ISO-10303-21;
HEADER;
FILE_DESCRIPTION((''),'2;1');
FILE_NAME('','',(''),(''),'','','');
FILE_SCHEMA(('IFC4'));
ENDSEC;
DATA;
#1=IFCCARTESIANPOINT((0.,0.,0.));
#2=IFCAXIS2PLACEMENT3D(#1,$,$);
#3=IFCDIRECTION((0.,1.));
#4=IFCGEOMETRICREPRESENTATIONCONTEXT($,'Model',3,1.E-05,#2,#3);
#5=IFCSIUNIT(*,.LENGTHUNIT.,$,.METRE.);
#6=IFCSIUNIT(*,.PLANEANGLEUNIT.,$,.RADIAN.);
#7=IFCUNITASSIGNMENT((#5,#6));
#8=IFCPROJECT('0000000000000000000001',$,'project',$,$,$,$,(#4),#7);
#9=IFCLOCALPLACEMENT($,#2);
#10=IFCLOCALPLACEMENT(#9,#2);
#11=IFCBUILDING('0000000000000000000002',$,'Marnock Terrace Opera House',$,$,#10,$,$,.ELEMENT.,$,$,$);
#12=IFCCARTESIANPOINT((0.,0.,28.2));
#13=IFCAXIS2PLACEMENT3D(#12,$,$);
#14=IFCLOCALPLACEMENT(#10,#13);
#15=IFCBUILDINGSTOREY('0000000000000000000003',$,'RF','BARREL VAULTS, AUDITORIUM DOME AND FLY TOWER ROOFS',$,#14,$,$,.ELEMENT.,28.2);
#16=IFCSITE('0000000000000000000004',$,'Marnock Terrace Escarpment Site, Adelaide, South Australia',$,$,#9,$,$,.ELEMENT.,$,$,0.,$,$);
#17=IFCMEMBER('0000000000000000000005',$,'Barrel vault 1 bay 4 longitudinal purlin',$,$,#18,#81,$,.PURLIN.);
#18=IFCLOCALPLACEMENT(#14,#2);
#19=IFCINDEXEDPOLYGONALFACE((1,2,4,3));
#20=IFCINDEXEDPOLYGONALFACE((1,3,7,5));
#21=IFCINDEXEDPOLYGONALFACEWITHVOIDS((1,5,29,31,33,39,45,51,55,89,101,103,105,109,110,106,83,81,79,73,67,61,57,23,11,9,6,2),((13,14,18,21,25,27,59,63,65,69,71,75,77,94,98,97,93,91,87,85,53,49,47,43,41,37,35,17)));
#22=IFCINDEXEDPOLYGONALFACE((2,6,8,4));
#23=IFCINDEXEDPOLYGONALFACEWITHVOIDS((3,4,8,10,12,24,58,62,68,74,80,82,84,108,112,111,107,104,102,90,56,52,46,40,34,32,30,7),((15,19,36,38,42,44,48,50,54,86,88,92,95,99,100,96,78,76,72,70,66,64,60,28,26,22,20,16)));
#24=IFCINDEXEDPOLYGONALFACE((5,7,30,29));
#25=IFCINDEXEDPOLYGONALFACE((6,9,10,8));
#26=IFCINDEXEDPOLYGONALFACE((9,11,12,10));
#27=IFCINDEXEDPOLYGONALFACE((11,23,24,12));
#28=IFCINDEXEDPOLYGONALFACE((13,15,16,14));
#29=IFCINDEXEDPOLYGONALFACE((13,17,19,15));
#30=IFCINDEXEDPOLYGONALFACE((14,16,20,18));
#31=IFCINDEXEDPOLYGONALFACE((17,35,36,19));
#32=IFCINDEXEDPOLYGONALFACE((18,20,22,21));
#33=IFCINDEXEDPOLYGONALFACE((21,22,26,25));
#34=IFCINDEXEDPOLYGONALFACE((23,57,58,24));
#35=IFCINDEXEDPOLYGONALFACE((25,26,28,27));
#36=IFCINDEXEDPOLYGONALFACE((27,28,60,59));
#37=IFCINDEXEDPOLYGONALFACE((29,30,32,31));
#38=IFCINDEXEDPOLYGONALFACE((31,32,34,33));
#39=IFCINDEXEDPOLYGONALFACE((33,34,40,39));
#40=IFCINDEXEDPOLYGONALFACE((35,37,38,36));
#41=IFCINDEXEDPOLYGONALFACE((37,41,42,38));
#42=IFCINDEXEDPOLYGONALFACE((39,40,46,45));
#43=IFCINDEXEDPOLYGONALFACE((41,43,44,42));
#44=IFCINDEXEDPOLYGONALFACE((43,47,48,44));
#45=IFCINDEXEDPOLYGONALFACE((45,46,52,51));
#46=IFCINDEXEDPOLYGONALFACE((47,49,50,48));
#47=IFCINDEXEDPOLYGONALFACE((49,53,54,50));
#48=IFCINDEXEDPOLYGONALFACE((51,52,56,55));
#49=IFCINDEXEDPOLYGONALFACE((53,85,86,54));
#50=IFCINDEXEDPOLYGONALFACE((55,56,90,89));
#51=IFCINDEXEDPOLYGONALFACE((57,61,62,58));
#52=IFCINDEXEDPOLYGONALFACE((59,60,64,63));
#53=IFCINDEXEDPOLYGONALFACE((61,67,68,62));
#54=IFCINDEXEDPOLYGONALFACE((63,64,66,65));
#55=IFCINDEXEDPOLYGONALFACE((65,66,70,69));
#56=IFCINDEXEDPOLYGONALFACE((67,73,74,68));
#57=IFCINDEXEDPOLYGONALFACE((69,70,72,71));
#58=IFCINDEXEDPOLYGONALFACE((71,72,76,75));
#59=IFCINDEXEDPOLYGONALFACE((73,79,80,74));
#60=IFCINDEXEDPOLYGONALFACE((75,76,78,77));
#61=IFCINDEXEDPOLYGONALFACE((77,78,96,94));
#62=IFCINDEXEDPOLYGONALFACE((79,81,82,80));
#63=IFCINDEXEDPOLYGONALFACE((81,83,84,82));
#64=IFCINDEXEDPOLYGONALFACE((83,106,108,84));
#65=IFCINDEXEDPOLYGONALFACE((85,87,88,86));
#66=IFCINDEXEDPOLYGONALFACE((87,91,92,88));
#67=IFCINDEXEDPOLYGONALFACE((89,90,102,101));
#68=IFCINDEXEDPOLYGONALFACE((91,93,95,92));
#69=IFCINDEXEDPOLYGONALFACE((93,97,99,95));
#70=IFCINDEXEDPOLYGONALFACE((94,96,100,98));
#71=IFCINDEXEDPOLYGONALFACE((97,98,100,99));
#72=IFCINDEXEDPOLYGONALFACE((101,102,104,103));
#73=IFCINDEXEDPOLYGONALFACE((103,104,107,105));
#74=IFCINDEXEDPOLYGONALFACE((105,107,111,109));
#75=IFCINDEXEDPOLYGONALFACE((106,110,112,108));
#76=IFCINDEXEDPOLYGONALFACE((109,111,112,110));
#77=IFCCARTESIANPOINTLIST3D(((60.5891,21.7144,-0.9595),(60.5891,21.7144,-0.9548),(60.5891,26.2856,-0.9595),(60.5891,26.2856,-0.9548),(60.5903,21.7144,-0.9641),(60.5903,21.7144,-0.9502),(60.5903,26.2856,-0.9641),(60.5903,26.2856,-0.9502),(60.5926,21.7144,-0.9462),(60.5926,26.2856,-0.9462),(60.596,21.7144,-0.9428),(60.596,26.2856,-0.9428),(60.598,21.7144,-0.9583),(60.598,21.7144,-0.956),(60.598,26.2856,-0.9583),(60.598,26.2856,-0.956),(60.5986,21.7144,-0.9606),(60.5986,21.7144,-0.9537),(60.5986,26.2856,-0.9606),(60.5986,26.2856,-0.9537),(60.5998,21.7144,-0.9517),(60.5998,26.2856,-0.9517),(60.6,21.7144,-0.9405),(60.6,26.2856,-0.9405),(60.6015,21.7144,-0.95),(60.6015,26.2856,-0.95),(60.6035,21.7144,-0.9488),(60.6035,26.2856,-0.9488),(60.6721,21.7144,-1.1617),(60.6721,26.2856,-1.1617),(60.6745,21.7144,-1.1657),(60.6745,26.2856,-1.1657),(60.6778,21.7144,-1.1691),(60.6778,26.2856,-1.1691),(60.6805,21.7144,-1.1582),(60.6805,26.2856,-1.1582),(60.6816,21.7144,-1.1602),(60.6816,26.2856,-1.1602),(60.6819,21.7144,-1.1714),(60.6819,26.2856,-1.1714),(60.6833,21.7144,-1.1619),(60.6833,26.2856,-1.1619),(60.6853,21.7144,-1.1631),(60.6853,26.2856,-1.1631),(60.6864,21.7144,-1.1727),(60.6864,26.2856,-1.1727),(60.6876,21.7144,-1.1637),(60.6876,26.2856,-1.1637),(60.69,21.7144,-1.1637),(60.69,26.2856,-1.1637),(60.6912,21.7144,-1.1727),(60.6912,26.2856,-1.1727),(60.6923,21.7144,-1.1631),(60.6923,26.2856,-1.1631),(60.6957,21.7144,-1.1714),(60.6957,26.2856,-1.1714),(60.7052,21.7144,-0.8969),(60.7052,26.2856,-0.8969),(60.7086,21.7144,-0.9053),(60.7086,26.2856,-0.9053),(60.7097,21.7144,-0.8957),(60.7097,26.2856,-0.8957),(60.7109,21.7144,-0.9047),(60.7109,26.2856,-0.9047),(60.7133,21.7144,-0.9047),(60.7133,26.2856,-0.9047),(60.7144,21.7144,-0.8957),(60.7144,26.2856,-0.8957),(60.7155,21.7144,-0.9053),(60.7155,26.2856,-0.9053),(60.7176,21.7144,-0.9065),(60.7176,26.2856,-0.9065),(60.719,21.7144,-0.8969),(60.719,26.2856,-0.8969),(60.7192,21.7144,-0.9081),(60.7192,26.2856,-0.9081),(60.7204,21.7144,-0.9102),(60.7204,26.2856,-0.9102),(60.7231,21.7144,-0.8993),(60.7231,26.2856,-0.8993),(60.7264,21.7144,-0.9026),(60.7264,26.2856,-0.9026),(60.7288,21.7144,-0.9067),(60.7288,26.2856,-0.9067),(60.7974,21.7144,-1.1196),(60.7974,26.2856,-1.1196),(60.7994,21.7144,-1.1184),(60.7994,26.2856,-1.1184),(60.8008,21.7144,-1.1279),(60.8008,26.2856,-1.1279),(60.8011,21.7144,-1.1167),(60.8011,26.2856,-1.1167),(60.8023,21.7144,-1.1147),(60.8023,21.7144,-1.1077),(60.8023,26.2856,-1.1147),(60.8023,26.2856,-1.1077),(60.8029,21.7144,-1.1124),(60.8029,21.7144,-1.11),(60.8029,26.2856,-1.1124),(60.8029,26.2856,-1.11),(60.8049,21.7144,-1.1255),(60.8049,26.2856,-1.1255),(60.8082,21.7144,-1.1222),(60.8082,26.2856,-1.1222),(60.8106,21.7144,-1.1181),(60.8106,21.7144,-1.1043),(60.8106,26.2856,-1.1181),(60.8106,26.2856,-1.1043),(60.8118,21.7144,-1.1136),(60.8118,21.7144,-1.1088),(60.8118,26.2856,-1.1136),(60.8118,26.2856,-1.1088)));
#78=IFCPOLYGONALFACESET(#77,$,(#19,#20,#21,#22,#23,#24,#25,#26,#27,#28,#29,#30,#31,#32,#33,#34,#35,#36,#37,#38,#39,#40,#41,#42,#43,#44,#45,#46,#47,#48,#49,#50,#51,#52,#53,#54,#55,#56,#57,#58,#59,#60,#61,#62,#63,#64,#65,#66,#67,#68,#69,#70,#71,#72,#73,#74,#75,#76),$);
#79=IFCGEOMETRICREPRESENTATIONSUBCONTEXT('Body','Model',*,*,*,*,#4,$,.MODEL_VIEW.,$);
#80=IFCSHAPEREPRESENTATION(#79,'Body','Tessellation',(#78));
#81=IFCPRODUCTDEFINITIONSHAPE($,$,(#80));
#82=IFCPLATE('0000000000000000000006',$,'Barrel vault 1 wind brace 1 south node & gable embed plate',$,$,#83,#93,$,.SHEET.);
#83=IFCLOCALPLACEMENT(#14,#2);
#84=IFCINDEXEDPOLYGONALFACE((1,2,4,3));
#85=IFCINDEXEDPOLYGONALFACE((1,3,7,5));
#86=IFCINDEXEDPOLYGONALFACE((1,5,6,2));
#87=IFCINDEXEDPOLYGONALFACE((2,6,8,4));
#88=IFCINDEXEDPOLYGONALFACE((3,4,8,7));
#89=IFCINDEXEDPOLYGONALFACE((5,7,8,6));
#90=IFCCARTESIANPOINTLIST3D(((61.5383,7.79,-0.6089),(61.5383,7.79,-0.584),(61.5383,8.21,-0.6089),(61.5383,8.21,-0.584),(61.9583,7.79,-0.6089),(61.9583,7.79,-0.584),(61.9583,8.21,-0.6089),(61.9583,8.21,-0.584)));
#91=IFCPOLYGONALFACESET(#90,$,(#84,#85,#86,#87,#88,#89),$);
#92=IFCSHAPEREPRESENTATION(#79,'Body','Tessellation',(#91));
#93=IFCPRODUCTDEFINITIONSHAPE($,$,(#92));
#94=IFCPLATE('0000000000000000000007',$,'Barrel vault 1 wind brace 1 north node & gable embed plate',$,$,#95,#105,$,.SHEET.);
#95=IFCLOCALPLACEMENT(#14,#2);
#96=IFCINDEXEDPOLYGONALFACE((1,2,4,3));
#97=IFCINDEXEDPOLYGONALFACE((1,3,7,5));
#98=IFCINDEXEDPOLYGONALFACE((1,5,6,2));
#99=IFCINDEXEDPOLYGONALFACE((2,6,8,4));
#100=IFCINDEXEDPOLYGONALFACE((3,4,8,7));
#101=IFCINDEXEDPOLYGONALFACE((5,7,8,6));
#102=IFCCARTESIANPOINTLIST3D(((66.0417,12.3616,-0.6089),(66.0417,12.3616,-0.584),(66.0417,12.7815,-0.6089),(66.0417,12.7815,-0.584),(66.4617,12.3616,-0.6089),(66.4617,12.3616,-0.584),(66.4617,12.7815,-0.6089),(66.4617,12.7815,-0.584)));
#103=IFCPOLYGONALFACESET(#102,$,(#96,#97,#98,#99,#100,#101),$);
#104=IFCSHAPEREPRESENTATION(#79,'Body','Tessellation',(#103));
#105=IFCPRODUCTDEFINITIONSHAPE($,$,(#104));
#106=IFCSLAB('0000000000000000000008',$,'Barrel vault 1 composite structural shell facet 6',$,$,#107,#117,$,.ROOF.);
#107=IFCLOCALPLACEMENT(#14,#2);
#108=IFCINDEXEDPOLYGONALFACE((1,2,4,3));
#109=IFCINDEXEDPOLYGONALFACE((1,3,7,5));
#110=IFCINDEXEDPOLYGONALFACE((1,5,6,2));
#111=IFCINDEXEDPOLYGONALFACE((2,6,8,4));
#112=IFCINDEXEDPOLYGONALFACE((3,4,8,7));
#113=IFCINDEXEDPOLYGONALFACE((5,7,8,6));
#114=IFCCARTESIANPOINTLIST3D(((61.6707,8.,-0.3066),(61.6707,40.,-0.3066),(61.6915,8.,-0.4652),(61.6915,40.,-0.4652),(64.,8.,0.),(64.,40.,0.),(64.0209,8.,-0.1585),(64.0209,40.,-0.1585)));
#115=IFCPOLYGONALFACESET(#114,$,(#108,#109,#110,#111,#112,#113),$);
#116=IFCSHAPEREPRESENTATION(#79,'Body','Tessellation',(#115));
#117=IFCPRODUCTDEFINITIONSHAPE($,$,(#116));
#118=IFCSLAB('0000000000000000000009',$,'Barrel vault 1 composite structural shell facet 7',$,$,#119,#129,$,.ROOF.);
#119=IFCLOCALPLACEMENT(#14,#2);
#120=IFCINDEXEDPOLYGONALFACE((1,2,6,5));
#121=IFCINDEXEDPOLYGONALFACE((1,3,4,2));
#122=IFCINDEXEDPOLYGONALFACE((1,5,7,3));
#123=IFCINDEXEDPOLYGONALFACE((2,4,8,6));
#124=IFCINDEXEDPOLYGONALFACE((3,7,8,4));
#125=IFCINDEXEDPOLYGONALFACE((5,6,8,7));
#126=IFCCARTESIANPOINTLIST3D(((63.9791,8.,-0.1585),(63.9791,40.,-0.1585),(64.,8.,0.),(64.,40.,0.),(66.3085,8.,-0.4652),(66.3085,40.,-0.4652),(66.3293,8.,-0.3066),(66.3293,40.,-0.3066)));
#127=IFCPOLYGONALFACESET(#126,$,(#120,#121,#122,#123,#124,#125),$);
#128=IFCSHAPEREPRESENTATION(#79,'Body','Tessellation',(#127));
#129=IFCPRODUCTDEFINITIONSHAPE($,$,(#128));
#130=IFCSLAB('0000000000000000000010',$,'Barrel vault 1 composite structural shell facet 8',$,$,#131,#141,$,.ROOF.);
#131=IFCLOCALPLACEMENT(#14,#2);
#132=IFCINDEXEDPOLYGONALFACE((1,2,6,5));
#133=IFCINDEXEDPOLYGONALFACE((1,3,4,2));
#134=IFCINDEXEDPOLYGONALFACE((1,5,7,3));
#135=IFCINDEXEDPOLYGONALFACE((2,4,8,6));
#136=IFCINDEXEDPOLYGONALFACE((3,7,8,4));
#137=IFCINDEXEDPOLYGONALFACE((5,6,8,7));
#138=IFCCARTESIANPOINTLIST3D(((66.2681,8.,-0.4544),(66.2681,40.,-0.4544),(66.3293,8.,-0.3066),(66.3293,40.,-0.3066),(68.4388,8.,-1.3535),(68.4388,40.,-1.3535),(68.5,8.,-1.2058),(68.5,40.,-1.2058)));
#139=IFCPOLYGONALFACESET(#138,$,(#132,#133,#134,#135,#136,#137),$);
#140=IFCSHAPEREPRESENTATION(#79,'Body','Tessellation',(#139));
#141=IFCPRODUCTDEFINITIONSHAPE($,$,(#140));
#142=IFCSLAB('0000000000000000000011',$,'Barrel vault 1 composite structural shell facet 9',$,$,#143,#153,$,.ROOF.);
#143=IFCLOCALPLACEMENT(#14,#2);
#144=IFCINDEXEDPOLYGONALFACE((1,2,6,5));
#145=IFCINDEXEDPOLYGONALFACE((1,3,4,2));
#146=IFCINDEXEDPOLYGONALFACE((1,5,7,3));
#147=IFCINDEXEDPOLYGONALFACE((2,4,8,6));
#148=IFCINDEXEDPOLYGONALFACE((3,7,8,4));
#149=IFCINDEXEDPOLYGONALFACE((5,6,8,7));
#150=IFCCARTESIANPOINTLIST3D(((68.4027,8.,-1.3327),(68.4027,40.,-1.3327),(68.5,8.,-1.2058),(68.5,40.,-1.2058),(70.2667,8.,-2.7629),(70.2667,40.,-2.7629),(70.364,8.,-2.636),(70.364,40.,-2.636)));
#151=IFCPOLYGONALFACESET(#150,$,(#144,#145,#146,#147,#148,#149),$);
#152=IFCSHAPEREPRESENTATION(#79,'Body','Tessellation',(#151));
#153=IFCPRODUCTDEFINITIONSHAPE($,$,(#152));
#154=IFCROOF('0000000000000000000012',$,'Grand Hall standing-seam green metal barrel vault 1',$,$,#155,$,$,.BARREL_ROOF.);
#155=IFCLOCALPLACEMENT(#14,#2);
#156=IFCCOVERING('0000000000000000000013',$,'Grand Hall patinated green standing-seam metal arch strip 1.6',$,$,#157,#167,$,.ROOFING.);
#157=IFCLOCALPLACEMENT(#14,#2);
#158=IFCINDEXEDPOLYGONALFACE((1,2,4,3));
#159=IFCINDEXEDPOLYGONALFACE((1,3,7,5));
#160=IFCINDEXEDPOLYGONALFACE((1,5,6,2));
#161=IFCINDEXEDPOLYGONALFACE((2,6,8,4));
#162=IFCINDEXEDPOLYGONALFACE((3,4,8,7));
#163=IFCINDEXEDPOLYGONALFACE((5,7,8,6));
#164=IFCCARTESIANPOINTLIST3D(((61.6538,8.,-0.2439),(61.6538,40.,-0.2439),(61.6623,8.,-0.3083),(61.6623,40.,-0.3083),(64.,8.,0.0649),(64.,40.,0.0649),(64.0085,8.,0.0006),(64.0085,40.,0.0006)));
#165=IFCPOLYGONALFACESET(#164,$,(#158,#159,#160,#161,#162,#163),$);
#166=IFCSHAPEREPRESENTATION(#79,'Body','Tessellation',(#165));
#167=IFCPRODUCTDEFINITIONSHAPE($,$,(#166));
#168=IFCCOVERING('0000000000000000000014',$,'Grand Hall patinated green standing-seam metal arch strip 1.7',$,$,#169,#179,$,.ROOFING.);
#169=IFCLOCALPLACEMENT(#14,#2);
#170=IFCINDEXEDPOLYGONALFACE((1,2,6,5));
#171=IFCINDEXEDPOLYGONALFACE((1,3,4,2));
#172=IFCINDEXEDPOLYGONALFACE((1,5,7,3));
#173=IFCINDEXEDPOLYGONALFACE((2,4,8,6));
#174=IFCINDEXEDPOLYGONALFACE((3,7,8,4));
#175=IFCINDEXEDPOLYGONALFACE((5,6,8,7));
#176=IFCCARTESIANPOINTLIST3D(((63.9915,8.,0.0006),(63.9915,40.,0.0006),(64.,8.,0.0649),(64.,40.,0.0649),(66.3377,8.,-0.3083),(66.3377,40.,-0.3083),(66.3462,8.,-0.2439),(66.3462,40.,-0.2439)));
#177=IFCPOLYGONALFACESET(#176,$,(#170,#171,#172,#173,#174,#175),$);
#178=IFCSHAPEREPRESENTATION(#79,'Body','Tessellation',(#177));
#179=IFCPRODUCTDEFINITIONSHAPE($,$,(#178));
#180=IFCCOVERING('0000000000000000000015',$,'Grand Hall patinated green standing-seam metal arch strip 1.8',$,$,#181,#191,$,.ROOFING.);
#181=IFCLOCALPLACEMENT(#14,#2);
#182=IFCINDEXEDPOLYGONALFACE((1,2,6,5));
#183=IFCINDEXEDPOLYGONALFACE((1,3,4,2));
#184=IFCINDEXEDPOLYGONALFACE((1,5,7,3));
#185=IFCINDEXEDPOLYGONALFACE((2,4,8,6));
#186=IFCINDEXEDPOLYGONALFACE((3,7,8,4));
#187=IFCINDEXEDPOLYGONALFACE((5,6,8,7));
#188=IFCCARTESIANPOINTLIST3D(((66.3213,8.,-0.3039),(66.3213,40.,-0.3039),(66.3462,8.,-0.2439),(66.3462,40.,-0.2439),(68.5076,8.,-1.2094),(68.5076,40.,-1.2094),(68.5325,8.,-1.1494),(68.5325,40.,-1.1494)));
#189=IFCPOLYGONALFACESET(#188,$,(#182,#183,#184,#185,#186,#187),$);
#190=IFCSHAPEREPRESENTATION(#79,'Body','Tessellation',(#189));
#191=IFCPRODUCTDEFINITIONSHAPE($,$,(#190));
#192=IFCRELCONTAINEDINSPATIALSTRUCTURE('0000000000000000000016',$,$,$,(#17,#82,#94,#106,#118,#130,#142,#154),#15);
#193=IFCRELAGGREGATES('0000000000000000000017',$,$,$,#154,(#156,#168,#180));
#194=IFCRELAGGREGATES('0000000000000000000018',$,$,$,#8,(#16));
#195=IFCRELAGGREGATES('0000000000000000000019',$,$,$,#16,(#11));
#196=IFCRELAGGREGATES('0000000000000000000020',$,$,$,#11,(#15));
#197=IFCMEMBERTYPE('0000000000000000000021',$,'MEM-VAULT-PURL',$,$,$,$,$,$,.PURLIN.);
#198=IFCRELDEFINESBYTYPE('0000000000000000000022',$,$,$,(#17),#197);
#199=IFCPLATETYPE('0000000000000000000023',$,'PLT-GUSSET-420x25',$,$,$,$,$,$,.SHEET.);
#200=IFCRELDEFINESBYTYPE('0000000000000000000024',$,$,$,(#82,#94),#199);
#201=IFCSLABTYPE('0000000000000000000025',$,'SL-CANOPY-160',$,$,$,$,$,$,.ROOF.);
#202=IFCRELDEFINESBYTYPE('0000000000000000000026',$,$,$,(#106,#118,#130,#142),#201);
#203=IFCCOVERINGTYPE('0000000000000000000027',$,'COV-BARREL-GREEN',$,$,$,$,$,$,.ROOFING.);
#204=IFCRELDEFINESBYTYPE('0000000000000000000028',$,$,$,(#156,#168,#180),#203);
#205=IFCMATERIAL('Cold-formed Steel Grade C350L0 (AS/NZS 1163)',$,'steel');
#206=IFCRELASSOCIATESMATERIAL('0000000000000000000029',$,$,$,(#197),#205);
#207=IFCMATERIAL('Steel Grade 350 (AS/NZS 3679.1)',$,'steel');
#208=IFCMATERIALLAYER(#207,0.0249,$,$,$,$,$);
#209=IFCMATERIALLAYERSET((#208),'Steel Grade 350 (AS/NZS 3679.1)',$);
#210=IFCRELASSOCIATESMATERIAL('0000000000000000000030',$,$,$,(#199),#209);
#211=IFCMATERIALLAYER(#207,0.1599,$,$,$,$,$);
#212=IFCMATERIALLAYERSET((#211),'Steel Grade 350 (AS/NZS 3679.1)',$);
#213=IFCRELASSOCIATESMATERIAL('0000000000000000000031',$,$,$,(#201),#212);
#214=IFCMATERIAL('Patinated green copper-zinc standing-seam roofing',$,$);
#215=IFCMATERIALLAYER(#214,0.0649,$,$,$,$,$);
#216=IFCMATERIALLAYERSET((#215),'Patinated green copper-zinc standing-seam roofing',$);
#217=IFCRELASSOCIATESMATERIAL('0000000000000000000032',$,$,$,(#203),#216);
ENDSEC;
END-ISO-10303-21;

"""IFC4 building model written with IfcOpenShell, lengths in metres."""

from ifc_helpers import new_model, si_unit, direction, frame, origin, origin_2d, place, context, subcontext, project, spatial, polyline, rectangle, hollow_rectangle, outline, extrude, material, layer, layer_set, material_profile, profile_set, type_object, element, aggregate, save


model = new_model("IFC4")

# Units and contexts
model_context = context("Model", 3, precision=1e-05, world=origin(), true_north=direction((0.0, 1.0)))
body_context = subcontext(model_context, "Body", "Model", "MODEL_VIEW")
ifc_project = project(units=[si_unit("LENGTHUNIT", "METRE"), si_unit("PLANEANGLEUNIT", "RADIAN")], contexts=[model_context])

# Site, building, storey
site_placement = place(None, origin())
site = spatial("IfcSite", under=ifc_project, at=site_placement, Name="Marnock Terrace Escarpment Site, Adelaide, South Australia", CompositionType="ELEMENT", RefElevation=0.0)
building_placement = place(site_placement, origin())
building = spatial("IfcBuilding", under=site, at=building_placement, Name="Marnock Terrace Opera House", CompositionType="ELEMENT")
storey_placement = place(building_placement, frame((0.0, 0.0, 28.2)))
storey = spatial("IfcBuildingStorey", under=building, at=storey_placement, Name="RF", Description="BARREL VAULTS, AUDITORIUM DOME AND FLY TOWER ROOFS", CompositionType="ELEMENT", Elevation=28.2)

# Member
ifc_material_1 = material(Name="Cold-formed Steel Grade C350L0 (AS/NZS 1163)", Category="steel")
ifc_material_profile_1 = material_profile(ifc_material_1, hollow_rectangle(XDim=0.1499, YDim=0.25, WallThickness=0.009, InnerFilletRadius=0.009, OuterFilletRadius=0.0181, at=origin_2d()))
ifc_profile_set_1 = profile_set([ifc_material_profile_1], Name="Cold-formed Steel Grade C350L0 (AS/NZS 1163)")
member_type_1 = type_object("IfcMemberType", Name="MEM-VAULT-PURL", PredefinedType="PURLIN", material=ifc_profile_set_1)
member_1_placement = place(storey_placement, frame((60.7004, 21.7144, -1.0342), z_axis=(0.0, 1.0, 0.0), x_axis=(-0.92388, 0.0, -0.382683)))
element("IfcMember", 1, at=member_1_placement, inside=storey, type_object=member_type_1, Name="Barrel vault 1 bay 4 longitudinal purlin", PredefinedType="PURLIN", context=body_context, shape_type="SweptSolid", body=[
    extrude(hollow_rectangle(XDim=0.1499, YDim=0.25, WallThickness=0.009, InnerFilletRadius=0.009, OuterFilletRadius=0.0181, at=origin_2d()), origin(), (0.0, 0.0, 1.0), 4.5713),
])

# Plates
ifc_material_2 = material(Name="Steel Grade 350 (AS/NZS 3679.1)", Category="steel")
ifc_layer_1 = layer(ifc_material_2, 0.0249)
ifc_layer_set_1 = layer_set([ifc_layer_1], Name="Steel Grade 350 (AS/NZS 3679.1)")
plate_type = type_object("IfcPlateType", Name="PLT-GUSSET-420x25", PredefinedType="SHEET", material=ifc_layer_set_1)
for number, where, z_axis, x_axis, name in (
    (2, (61.7483, 8.0, -0.6089), (0.0, 0.0, 1.0), (1.0, 0.0, 0.0), "Barrel vault 1 wind brace 1 south node & gable embed plate"),
    (3, (66.2517, 12.5715, -0.6089), (0.0, 0.0, 1.0), (1.0, 0.0, 0.0), "Barrel vault 1 wind brace 1 north node & gable embed plate"),
):
    element("IfcPlate", number, at=place(storey_placement, frame(where, z_axis=z_axis, x_axis=x_axis)), inside=storey, type_object=plate_type, Name=name, PredefinedType="SHEET", context=body_context, shape_type="SweptSolid", body=[
        extrude(rectangle(XDim=0.4199, YDim=0.4199, at=origin_2d()), origin(), (0.0, 0.0, 1.0), 0.0249),
    ])

# Slabs
ifc_layer_2 = layer(ifc_material_2, 0.1599)
ifc_layer_set_2 = layer_set([ifc_layer_2], Name="Steel Grade 350 (AS/NZS 3679.1)")
slab_type = type_object("IfcSlabType", Name="SL-CANOPY-160", PredefinedType="ROOF", material=ifc_layer_set_2)
for number, where, z_axis, x_axis, name in (
    (4, (61.6707, 8.0, -0.3066), (-0.130516, 0.0, 0.991446), (0.991446, 0.0, 0.130516), "Barrel vault 1 composite structural shell facet 6"),
    (5, (64.0, 8.0, 0.0), (0.130516, 0.0, 0.991446), (0.991446, 0.0, -0.130516), "Barrel vault 1 composite structural shell facet 7"),
):
    element("IfcSlab", number, at=place(storey_placement, frame(where, z_axis=z_axis, x_axis=x_axis)), inside=storey, type_object=slab_type, Name=name, PredefinedType="ROOF", context=body_context, shape_type="SweptSolid", body=[
        extrude(outline(polyline([(0.0, 0.0), (2.3494, 0.0), (2.3494, 32.0), (0.0, 32.0), (0.0, 0.0)])), origin(), (0.0, 0.0, -1.0), 0.1599),
    ])
slab_1_placement = place(storey_placement, frame((66.3293, 8.0, -0.3066), z_axis=(0.382704, 0.0, 0.923871), x_axis=(0.923871, 0.0, -0.382704)))
element("IfcSlab", 6, at=slab_1_placement, inside=storey, type_object=slab_type, Name="Barrel vault 1 composite structural shell facet 8", PredefinedType="ROOF", context=body_context, shape_type="SweptSolid", body=[
    extrude(outline(polyline([(0.0, 0.0), (2.3495, 0.0), (2.3495, 32.0), (0.0, 32.0), (0.0, 0.0)])), origin(), (0.0, 0.0, -1.0), 0.1599),
])
slab_2_placement = place(storey_placement, frame((68.5, 8.0, -1.2058), z_axis=(0.608726, 0.0, 0.793381), x_axis=(0.793381, 0.0, -0.608726)))
element("IfcSlab", 7, at=slab_2_placement, inside=storey, type_object=slab_type, Name="Barrel vault 1 composite structural shell facet 9", PredefinedType="ROOF", context=body_context, shape_type="SweptSolid", body=[
    extrude(outline(polyline([(0.0, 0.0), (2.3495, 0.0), (2.3495, 32.0), (0.0, 32.0), (0.0, 0.0)])), origin(), (0.0, 0.0, -1.0), 0.1599),
])

# Roof, coverings
roof_placement = place(storey_placement, origin())
roof = element("IfcRoof", 8, at=roof_placement, inside=storey, Name="Grand Hall standing-seam green metal barrel vault 1", PredefinedType="BARREL_ROOF")
ifc_material_3 = material(Name="Patinated green copper-zinc standing-seam roofing")
ifc_layer_3 = layer(ifc_material_3, 0.0649)
ifc_layer_set_3 = layer_set([ifc_layer_3], Name="Patinated green copper-zinc standing-seam roofing")
covering_type = type_object("IfcCoveringType", Name="COV-BARREL-GREEN", PredefinedType="ROOFING", material=ifc_layer_set_3)
covering_1_placement = place(storey_placement, frame((61.6538, 8.0, -0.2439), z_axis=(-0.130508, 0.0, 0.991447), x_axis=(0.991447, 0.0, 0.130508)))
covering_1 = element("IfcCovering", 9, at=covering_1_placement, type_object=covering_type, Name="Grand Hall patinated green standing-seam metal arch strip 1.6", PredefinedType="ROOFING", context=body_context, shape_type="SweptSolid", body=[
    extrude(outline(polyline([(0.0, 0.0), (2.3664, 0.0), (2.3664, 32.0), (0.0, 32.0), (0.0, 0.0)])), origin(), (0.0, 0.0, -1.0), 0.0649),
])
covering_2_placement = place(storey_placement, frame((64.0, 8.0, 0.0649), z_axis=(0.130508, 0.0, 0.991447), x_axis=(0.991447, 0.0, -0.130508)))
covering_2 = element("IfcCovering", 10, at=covering_2_placement, type_object=covering_type, Name="Grand Hall patinated green standing-seam metal arch strip 1.7", PredefinedType="ROOFING", context=body_context, shape_type="SweptSolid", body=[
    extrude(outline(polyline([(0.0, 0.0), (2.3664, 0.0), (2.3664, 32.0), (0.0, 32.0), (0.0, 0.0)])), origin(), (0.0, 0.0, -1.0), 0.0649),
])
covering_3_placement = place(storey_placement, frame((66.3462, 8.0, -0.2439), z_axis=(0.382659, 0.0, 0.92389), x_axis=(0.92389, 0.0, -0.382659)))
covering_3 = element("IfcCovering", 11, at=covering_3_placement, type_object=covering_type, Name="Grand Hall patinated green standing-seam metal arch strip 1.8", PredefinedType="ROOFING", context=body_context, shape_type="SweptSolid", body=[
    extrude(outline(polyline([(0.0, 0.0), (2.3664, 0.0), (2.3664, 32.0), (0.0, 32.0), (0.0, 0.0)])), origin(), (0.0, 0.0, -1.0), 0.0649),
])
aggregate(roof, [covering_1, covering_2, covering_3])

save(model, "model.ifc")
